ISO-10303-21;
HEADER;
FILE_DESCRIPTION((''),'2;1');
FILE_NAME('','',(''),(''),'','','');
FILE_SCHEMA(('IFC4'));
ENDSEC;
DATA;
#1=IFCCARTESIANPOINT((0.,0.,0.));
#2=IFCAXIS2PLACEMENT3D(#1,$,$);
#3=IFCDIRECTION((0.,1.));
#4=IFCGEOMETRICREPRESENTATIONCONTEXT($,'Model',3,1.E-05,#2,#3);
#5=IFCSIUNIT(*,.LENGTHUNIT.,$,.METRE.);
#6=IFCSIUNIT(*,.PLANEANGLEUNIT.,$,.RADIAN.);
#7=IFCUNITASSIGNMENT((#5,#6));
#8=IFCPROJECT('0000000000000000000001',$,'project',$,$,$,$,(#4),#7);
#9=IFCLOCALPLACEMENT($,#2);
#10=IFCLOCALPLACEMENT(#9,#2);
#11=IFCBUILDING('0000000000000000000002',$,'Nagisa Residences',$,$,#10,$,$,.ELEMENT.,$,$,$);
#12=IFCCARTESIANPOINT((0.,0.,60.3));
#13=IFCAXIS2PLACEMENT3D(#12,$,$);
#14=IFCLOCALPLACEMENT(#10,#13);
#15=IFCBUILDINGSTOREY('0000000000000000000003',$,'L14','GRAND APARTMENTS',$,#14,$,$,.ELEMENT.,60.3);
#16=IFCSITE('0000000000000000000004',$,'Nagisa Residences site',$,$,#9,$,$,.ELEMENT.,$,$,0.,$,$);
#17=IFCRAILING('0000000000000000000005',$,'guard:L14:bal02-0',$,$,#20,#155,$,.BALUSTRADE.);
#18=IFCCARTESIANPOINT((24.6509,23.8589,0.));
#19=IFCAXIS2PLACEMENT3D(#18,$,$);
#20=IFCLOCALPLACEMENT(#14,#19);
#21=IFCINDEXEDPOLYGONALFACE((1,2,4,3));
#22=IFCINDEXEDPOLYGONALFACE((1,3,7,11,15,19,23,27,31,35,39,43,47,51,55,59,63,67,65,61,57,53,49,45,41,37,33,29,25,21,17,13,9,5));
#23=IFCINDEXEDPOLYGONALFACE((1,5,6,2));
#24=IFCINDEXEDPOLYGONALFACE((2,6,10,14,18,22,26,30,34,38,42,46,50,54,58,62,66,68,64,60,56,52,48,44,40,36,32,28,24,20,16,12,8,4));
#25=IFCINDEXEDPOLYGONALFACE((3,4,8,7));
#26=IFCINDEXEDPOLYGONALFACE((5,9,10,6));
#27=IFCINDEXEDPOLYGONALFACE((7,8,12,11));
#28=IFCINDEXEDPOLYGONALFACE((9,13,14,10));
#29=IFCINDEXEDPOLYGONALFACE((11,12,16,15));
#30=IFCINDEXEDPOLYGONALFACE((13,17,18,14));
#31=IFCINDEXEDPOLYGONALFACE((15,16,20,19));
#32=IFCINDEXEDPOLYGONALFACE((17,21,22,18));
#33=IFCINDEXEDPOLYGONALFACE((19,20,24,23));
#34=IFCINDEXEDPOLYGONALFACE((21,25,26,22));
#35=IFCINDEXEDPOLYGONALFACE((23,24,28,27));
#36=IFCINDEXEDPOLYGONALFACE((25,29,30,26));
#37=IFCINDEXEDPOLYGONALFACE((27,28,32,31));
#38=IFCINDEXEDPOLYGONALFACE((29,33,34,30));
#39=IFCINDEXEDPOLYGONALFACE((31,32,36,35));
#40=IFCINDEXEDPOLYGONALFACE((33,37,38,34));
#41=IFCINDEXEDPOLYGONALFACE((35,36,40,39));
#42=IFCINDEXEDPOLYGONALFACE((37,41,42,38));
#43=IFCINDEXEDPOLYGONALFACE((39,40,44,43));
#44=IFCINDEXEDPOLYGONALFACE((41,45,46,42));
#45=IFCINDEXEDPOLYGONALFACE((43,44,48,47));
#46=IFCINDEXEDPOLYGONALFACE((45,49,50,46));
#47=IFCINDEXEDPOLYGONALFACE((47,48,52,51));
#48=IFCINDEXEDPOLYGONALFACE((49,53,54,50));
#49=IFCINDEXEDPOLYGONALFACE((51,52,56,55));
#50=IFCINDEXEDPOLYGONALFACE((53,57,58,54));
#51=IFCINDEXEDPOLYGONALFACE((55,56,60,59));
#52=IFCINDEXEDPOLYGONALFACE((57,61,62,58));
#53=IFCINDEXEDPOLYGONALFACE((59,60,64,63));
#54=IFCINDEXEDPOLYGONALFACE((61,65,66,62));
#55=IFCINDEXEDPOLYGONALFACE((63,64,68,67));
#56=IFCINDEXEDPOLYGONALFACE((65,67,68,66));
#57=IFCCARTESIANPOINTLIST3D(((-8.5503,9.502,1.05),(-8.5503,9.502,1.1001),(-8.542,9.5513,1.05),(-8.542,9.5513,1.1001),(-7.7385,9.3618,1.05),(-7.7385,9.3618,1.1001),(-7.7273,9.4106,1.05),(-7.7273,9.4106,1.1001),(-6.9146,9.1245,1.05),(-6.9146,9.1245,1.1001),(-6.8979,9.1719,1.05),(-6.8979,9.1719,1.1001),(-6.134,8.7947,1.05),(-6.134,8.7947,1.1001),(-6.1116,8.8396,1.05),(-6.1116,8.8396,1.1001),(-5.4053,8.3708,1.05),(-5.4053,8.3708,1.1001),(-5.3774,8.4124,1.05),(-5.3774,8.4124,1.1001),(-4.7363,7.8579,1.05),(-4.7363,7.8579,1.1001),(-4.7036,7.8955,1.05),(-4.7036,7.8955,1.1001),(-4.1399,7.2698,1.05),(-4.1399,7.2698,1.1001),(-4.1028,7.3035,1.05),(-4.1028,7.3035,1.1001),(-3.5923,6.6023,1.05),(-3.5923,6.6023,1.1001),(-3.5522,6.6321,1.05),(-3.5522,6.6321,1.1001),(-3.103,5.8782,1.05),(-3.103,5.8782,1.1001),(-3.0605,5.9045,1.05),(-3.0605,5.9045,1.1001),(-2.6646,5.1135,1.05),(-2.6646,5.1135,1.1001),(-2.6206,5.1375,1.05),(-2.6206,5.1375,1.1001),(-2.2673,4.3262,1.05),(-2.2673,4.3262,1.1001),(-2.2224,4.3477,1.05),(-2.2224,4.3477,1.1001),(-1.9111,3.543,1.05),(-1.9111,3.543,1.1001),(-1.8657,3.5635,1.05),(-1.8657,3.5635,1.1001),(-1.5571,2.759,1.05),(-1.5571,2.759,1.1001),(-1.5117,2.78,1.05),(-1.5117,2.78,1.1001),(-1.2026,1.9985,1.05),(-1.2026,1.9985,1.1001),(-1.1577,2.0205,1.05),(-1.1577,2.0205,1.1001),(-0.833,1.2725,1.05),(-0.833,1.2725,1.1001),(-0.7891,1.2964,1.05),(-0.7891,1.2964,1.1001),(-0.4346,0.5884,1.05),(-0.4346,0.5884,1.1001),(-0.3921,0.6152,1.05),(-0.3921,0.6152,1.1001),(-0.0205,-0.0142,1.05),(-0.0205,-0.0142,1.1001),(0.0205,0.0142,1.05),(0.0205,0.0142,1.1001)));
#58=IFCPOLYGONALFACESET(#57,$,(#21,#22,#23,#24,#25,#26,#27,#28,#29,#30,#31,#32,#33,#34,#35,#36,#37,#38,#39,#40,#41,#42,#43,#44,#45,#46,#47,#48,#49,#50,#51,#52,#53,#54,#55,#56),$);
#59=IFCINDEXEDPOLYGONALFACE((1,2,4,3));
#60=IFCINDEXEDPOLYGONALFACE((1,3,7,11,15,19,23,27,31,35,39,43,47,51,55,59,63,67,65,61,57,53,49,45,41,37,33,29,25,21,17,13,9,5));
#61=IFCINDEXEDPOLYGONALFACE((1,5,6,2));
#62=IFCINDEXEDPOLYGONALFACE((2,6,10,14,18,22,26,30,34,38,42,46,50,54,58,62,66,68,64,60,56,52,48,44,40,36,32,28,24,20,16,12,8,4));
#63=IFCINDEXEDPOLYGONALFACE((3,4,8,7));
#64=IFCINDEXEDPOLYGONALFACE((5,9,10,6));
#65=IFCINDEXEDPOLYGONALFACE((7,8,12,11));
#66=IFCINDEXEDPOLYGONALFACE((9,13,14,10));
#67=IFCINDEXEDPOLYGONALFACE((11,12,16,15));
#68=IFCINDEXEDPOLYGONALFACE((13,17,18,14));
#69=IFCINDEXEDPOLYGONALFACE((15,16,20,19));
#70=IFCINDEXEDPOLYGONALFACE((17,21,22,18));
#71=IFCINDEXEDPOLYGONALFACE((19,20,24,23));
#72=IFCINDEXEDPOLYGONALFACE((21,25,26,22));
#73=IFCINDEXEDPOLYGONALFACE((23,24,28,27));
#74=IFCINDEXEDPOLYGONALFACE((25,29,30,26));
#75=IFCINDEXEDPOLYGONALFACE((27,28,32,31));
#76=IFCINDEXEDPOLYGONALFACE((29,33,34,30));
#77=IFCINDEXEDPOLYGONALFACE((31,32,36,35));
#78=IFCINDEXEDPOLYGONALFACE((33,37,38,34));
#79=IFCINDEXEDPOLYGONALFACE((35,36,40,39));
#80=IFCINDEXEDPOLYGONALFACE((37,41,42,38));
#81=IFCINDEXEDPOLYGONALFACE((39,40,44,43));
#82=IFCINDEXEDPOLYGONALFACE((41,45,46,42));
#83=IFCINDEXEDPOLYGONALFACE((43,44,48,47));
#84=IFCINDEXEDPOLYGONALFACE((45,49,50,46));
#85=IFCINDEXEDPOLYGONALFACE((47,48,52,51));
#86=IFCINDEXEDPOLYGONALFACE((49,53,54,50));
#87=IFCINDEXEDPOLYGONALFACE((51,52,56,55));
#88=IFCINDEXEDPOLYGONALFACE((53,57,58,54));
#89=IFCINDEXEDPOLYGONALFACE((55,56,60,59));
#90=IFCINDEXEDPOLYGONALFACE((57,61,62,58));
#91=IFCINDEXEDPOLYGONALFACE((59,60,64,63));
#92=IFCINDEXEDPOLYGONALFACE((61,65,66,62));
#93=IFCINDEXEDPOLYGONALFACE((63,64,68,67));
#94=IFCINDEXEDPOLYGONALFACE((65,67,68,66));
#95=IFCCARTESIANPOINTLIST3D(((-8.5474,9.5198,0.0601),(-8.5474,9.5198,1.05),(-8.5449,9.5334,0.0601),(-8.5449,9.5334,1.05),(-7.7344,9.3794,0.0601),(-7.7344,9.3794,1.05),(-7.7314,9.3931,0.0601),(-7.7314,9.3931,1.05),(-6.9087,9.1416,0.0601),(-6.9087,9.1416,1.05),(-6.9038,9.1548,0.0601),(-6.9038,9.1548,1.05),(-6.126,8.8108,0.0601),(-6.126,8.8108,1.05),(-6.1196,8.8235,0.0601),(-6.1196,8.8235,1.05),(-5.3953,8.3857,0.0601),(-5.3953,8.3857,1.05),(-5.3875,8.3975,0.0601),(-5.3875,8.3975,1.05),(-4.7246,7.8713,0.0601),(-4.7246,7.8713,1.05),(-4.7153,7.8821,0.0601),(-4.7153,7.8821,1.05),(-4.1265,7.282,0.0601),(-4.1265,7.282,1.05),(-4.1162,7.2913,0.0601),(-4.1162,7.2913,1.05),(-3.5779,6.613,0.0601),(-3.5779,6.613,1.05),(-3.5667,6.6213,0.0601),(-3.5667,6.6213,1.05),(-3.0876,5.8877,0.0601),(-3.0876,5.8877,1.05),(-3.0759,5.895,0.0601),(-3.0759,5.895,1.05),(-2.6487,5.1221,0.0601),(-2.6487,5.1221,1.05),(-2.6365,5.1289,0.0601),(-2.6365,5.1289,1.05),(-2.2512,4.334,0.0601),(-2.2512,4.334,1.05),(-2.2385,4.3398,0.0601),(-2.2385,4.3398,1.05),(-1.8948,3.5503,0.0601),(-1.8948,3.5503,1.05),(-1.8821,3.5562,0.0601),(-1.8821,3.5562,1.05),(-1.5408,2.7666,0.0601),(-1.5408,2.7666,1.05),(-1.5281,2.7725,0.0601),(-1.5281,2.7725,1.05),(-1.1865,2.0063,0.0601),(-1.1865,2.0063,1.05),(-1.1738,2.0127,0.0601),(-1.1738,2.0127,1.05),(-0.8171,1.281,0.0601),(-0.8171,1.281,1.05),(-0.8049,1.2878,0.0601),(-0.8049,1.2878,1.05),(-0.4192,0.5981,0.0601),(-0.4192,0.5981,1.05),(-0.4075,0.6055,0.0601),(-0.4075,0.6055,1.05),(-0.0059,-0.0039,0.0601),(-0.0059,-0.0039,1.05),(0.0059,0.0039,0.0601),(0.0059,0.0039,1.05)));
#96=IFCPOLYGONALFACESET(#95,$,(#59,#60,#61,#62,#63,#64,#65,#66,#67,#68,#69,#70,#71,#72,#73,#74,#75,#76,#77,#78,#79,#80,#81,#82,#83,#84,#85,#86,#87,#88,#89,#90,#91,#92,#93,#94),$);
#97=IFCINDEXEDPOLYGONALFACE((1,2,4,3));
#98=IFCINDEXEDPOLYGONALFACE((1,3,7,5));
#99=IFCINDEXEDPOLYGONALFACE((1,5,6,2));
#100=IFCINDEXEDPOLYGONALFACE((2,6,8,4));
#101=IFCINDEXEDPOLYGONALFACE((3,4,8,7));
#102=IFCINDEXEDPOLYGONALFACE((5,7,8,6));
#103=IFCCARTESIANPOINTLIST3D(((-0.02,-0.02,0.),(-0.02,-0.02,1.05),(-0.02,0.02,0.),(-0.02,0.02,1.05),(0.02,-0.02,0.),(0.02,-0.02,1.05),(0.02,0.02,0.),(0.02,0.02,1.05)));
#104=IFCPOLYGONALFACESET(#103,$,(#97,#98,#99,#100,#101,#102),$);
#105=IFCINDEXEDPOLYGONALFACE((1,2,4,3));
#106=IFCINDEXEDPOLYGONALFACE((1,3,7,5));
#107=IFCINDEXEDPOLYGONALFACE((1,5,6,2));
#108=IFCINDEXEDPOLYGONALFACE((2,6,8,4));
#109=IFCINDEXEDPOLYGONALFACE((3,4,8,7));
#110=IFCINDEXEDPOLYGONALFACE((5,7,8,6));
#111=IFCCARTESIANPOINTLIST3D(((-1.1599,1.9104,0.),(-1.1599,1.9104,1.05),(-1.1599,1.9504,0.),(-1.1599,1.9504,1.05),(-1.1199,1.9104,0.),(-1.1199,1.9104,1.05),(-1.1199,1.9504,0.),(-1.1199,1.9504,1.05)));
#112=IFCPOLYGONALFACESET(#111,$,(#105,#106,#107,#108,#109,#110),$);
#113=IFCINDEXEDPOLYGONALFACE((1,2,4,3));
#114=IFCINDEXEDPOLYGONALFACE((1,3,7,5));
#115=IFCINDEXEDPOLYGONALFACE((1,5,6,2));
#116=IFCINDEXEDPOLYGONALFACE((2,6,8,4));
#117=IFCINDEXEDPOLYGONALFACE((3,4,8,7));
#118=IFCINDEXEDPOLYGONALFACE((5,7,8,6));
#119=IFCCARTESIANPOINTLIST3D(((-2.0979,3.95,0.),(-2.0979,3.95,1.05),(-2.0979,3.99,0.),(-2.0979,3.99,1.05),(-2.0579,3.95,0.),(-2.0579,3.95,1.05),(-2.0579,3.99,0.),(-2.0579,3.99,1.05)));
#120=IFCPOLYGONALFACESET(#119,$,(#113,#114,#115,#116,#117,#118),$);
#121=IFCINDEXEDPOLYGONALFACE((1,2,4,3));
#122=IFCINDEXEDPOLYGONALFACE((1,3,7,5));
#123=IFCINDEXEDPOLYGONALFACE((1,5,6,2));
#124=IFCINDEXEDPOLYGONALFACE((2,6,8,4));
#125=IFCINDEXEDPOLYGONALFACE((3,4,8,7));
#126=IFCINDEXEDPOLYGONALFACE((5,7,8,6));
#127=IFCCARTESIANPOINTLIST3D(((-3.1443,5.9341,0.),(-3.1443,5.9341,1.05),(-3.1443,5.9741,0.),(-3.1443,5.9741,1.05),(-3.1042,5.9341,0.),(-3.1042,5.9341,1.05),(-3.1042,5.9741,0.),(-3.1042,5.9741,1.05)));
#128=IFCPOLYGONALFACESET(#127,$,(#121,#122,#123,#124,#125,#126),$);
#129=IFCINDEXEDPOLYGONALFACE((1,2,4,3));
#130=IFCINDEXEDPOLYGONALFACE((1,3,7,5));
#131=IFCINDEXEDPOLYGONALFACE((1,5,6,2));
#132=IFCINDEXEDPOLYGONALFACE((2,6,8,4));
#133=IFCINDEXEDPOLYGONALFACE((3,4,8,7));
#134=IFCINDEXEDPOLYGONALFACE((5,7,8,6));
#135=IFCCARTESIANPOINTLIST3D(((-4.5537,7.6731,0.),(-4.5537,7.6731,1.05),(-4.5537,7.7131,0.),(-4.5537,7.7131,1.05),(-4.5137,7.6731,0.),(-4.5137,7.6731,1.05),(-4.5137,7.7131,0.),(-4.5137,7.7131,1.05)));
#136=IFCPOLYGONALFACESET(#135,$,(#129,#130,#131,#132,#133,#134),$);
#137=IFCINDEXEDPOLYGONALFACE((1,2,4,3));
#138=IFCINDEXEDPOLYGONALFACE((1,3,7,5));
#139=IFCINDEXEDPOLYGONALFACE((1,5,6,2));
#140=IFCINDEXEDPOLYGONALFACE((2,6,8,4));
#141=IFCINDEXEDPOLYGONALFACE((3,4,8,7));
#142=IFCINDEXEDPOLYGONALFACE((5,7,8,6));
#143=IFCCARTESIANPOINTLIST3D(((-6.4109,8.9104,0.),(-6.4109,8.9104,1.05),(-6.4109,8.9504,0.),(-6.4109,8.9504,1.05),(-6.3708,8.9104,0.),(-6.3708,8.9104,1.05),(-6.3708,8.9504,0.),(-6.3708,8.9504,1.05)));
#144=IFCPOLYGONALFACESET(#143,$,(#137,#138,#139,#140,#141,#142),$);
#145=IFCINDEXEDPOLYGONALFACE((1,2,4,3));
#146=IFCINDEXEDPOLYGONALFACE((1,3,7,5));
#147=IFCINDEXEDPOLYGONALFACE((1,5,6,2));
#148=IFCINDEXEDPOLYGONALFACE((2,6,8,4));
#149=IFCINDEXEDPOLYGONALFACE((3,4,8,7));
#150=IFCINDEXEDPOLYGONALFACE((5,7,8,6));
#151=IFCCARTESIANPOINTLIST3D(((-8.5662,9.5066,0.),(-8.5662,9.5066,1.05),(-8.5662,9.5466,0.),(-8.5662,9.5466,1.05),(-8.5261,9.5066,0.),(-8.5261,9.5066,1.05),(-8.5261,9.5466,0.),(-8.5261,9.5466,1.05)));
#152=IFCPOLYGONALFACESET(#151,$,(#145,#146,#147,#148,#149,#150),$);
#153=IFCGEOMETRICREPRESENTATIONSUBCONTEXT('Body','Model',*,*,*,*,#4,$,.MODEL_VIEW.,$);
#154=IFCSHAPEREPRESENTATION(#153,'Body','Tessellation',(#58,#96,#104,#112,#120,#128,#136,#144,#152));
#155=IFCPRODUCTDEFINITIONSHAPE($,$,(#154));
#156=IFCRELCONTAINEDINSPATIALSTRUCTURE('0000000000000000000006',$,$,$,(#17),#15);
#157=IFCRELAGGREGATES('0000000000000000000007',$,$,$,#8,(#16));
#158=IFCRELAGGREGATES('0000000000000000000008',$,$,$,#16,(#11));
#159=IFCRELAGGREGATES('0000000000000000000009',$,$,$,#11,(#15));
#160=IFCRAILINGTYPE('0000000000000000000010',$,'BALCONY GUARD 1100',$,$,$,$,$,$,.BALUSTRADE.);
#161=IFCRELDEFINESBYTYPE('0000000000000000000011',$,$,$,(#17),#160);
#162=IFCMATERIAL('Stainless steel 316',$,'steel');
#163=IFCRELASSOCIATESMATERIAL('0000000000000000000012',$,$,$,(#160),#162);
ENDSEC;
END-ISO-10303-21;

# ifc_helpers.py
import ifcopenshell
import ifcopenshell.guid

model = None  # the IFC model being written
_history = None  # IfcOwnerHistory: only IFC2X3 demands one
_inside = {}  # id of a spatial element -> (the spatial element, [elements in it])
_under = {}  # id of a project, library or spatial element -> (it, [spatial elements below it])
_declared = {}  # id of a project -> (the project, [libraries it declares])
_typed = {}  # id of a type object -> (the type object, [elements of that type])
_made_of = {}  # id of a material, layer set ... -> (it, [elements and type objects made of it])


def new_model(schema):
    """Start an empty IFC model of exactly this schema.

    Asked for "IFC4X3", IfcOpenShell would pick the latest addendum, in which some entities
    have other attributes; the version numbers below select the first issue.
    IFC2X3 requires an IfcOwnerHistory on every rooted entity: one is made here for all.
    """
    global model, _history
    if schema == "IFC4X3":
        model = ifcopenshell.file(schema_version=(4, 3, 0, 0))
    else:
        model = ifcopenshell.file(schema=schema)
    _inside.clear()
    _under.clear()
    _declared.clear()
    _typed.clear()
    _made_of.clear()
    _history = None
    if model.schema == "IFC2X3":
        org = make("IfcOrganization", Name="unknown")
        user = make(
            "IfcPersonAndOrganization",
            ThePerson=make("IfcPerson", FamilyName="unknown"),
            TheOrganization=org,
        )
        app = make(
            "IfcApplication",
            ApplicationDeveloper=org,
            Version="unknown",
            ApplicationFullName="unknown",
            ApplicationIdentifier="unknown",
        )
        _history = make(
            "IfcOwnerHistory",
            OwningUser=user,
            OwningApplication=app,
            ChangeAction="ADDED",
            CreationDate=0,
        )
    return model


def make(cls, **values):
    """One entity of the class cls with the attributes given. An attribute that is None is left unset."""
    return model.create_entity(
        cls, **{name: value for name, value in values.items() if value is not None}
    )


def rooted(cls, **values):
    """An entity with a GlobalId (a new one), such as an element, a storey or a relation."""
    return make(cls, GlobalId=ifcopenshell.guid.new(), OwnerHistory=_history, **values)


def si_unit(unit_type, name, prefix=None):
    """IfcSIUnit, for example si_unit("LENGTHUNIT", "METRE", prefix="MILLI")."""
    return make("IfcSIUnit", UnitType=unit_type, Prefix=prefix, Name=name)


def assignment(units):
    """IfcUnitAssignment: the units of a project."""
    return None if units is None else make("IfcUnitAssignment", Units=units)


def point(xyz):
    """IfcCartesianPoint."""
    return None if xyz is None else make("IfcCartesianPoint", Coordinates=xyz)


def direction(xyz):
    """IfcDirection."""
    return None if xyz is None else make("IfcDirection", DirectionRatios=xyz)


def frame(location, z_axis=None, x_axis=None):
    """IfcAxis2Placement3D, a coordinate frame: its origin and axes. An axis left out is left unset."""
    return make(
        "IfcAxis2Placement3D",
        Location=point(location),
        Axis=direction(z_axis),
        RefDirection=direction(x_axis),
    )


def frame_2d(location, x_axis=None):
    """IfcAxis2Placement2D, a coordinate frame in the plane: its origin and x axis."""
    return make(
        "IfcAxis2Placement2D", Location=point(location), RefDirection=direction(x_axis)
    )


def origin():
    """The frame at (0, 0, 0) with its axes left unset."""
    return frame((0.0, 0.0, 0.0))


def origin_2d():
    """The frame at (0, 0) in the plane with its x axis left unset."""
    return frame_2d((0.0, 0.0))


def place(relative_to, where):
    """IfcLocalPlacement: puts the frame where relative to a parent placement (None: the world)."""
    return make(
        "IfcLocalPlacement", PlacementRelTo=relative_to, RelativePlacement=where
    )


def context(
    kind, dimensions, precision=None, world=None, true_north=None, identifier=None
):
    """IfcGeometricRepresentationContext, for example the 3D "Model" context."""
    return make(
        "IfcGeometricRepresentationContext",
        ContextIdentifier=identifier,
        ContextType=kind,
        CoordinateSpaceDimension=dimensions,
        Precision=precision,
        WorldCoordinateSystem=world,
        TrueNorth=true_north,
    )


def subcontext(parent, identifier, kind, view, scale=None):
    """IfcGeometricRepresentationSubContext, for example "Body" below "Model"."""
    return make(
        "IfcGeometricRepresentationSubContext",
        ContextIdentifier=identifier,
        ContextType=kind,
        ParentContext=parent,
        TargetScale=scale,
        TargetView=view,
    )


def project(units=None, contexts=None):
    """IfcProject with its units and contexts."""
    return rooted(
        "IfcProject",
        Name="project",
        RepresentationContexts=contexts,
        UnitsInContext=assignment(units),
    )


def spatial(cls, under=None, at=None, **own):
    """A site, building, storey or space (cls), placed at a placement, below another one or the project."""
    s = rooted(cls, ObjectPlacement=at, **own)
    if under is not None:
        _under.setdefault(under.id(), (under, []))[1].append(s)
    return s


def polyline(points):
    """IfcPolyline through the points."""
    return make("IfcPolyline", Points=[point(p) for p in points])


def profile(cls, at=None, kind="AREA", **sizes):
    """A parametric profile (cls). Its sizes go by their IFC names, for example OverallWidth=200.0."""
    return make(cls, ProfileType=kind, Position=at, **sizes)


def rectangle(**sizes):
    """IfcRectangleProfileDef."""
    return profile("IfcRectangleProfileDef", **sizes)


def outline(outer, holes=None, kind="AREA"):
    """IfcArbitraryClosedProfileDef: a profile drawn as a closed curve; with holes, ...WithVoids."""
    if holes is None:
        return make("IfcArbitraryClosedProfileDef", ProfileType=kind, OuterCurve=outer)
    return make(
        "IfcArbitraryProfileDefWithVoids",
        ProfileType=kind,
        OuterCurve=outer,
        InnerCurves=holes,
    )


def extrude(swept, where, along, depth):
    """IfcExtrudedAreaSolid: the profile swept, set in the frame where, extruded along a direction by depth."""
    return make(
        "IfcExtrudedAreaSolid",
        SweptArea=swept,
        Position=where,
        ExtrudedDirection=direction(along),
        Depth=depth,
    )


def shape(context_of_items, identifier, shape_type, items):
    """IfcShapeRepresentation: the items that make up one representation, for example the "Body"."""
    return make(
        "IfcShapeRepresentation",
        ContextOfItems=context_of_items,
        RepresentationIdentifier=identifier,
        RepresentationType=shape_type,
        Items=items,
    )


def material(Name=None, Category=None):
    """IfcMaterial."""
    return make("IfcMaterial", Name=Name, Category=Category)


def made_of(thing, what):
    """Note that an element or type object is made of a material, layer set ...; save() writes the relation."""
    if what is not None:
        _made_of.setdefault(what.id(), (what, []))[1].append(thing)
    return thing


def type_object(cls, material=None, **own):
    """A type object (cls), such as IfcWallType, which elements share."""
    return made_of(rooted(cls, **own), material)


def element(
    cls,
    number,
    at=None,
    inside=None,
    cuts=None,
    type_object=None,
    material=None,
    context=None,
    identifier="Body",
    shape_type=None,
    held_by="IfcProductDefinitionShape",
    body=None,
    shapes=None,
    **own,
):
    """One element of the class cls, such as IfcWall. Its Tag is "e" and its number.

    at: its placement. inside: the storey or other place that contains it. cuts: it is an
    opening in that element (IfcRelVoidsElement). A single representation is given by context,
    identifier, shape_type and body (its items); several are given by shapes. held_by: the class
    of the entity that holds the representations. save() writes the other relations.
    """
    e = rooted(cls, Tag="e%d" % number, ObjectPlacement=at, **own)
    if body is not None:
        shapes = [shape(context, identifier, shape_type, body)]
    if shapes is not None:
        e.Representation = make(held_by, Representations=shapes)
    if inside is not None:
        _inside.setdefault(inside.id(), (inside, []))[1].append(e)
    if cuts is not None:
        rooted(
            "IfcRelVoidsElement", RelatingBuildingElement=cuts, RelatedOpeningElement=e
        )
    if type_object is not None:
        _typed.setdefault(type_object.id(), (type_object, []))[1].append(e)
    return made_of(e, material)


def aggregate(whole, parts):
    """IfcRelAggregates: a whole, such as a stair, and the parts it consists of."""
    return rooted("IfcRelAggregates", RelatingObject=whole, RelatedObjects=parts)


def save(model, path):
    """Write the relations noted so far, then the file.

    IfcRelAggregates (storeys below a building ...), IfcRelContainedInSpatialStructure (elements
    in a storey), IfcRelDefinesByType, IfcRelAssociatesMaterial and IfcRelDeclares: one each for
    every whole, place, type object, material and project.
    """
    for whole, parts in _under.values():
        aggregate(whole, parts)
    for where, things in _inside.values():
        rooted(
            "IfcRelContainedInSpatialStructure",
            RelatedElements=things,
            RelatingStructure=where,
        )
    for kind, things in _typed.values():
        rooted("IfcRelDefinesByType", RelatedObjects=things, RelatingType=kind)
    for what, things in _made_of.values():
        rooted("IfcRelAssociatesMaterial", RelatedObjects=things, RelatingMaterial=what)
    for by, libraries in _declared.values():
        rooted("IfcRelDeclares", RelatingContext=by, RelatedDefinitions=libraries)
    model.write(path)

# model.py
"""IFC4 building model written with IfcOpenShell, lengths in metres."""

from ifc_helpers import new_model, si_unit, direction, frame, origin, origin_2d, place, context, subcontext, project, spatial, polyline, rectangle, outline, extrude, material, type_object, element, save


model = new_model("IFC4")

# Units and contexts
model_context = context("Model", 3, precision=1e-05, world=origin(), true_north=direction((0.0, 1.0)))
body_context = subcontext(model_context, "Body", "Model", "MODEL_VIEW")
ifc_project = project(units=[si_unit("LENGTHUNIT", "METRE"), si_unit("PLANEANGLEUNIT", "RADIAN")], contexts=[model_context])

# Site, building, storey
site_placement = place(None, origin())
site = spatial("IfcSite", under=ifc_project, at=site_placement, Name="Nagisa Residences site", CompositionType="ELEMENT", RefElevation=0.0)
building_placement = place(site_placement, origin())
building = spatial("IfcBuilding", under=site, at=building_placement, Name="Nagisa Residences", CompositionType="ELEMENT")
storey_placement = place(building_placement, frame((0.0, 0.0, 60.3)))
storey = spatial("IfcBuildingStorey", under=building, at=storey_placement, Name="L14", Description="GRAND APARTMENTS", CompositionType="ELEMENT", Elevation=60.3)

# Railing
ifc_material_1 = material(Name="Stainless steel 316", Category="steel")
railing_type = type_object("IfcRailingType", Name="BALCONY GUARD 1100", PredefinedType="BALUSTRADE", material=ifc_material_1)
railing_1_placement = place(storey_placement, frame((24.6509, 23.8589, 0.0)))
element("IfcRailing", 1, at=railing_1_placement, inside=storey, type_object=railing_type, Name="guard:L14:bal02-0", PredefinedType="BALUSTRADE", context=body_context, shape_type="SweptSolid", body=[
    extrude(outline(polyline([(-0.4346, 0.5884), (-0.0205, -0.0142), (0.0205, 0.0142), (-0.3921, 0.6152), (-0.7891, 1.2964), (-1.1577, 2.0205), (-1.5117, 2.78), (-1.8657, 3.5635), (-2.2224, 4.3477), (-2.6206, 5.1375), (-3.0605, 5.9045), (-3.5522, 6.6321), (-4.1028, 7.3035), (-4.7036, 7.8955), (-5.3774, 8.4124), (-6.1116, 8.8396), (-6.8979, 9.1719), (-7.7273, 9.4106), (-8.542, 9.5513), (-8.5503, 9.502), (-7.7385, 9.3618), (-6.9146, 9.1245), (-6.134, 8.7947), (-5.4053, 8.3708), (-4.7363, 7.8579), (-4.1399, 7.2698), (-3.5923, 6.6023), (-3.103, 5.8782), (-2.6646, 5.1135), (-2.2673, 4.3262), (-1.9111, 3.543), (-1.5571, 2.759), (-1.2026, 1.9985), (-0.833, 1.2725), (-0.4346, 0.5884)])), frame((0.0, 0.0, 1.05)), (0.0, 0.0, 1.0), 0.05),
    extrude(outline(polyline([(-0.4192, 0.5981), (-0.0059, -0.0039), (0.0059, 0.0039), (-0.4075, 0.6055), (-0.8049, 1.2878), (-1.1738, 2.0127), (-1.5281, 2.7725), (-1.8821, 3.5562), (-2.2385, 4.3398), (-2.6365, 5.1289), (-3.0759, 5.895), (-3.5667, 6.6213), (-4.1162, 7.2913), (-4.7153, 7.8821), (-5.3875, 8.3975), (-6.1196, 8.8235), (-6.9038, 9.1548), (-7.7314, 9.3931), (-8.5449, 9.5334), (-8.5474, 9.5198), (-7.7344, 9.3794), (-6.9087, 9.1416), (-6.126, 8.8108), (-5.3953, 8.3857), (-4.7246, 7.8713), (-4.1265, 7.282), (-3.5779, 6.613), (-3.0876, 5.8877), (-2.6487, 5.1221), (-2.2512, 4.334), (-1.8948, 3.5503), (-1.5408, 2.7666), (-1.1865, 2.0063), (-0.8171, 1.281), (-0.4192, 0.5981)])), frame((0.0, 0.0, 0.0601)), (0.0, 0.0, 1.0), 0.99),
    extrude(rectangle(XDim=0.04, YDim=0.04, at=origin_2d()), origin(), (0.0, 0.0, 1.0), 1.05),
    extrude(rectangle(XDim=0.04, YDim=0.04, at=origin_2d()), frame((-1.1399, 1.9304, 0.0)), (0.0, 0.0, 1.0), 1.05),
    extrude(rectangle(XDim=0.04, YDim=0.04, at=origin_2d()), frame((-2.0779, 3.97, 0.0)), (0.0, 0.0, 1.0), 1.05),
    extrude(rectangle(XDim=0.04, YDim=0.04, at=origin_2d()), frame((-3.1243, 5.9541, 0.0)), (0.0, 0.0, 1.0), 1.05),
    extrude(rectangle(XDim=0.04, YDim=0.04, at=origin_2d()), frame((-4.5337, 7.6931, 0.0)), (0.0, 0.0, 1.0), 1.05),
    extrude(rectangle(XDim=0.04, YDim=0.04, at=origin_2d()), frame((-6.3909, 8.9304, 0.0)), (0.0, 0.0, 1.0), 1.05),
    extrude(rectangle(XDim=0.04, YDim=0.04, at=origin_2d()), frame((-8.5461, 9.5266, 0.0)), (0.0, 0.0, 1.0), 1.05),
])

save(model, "model.ifc")
